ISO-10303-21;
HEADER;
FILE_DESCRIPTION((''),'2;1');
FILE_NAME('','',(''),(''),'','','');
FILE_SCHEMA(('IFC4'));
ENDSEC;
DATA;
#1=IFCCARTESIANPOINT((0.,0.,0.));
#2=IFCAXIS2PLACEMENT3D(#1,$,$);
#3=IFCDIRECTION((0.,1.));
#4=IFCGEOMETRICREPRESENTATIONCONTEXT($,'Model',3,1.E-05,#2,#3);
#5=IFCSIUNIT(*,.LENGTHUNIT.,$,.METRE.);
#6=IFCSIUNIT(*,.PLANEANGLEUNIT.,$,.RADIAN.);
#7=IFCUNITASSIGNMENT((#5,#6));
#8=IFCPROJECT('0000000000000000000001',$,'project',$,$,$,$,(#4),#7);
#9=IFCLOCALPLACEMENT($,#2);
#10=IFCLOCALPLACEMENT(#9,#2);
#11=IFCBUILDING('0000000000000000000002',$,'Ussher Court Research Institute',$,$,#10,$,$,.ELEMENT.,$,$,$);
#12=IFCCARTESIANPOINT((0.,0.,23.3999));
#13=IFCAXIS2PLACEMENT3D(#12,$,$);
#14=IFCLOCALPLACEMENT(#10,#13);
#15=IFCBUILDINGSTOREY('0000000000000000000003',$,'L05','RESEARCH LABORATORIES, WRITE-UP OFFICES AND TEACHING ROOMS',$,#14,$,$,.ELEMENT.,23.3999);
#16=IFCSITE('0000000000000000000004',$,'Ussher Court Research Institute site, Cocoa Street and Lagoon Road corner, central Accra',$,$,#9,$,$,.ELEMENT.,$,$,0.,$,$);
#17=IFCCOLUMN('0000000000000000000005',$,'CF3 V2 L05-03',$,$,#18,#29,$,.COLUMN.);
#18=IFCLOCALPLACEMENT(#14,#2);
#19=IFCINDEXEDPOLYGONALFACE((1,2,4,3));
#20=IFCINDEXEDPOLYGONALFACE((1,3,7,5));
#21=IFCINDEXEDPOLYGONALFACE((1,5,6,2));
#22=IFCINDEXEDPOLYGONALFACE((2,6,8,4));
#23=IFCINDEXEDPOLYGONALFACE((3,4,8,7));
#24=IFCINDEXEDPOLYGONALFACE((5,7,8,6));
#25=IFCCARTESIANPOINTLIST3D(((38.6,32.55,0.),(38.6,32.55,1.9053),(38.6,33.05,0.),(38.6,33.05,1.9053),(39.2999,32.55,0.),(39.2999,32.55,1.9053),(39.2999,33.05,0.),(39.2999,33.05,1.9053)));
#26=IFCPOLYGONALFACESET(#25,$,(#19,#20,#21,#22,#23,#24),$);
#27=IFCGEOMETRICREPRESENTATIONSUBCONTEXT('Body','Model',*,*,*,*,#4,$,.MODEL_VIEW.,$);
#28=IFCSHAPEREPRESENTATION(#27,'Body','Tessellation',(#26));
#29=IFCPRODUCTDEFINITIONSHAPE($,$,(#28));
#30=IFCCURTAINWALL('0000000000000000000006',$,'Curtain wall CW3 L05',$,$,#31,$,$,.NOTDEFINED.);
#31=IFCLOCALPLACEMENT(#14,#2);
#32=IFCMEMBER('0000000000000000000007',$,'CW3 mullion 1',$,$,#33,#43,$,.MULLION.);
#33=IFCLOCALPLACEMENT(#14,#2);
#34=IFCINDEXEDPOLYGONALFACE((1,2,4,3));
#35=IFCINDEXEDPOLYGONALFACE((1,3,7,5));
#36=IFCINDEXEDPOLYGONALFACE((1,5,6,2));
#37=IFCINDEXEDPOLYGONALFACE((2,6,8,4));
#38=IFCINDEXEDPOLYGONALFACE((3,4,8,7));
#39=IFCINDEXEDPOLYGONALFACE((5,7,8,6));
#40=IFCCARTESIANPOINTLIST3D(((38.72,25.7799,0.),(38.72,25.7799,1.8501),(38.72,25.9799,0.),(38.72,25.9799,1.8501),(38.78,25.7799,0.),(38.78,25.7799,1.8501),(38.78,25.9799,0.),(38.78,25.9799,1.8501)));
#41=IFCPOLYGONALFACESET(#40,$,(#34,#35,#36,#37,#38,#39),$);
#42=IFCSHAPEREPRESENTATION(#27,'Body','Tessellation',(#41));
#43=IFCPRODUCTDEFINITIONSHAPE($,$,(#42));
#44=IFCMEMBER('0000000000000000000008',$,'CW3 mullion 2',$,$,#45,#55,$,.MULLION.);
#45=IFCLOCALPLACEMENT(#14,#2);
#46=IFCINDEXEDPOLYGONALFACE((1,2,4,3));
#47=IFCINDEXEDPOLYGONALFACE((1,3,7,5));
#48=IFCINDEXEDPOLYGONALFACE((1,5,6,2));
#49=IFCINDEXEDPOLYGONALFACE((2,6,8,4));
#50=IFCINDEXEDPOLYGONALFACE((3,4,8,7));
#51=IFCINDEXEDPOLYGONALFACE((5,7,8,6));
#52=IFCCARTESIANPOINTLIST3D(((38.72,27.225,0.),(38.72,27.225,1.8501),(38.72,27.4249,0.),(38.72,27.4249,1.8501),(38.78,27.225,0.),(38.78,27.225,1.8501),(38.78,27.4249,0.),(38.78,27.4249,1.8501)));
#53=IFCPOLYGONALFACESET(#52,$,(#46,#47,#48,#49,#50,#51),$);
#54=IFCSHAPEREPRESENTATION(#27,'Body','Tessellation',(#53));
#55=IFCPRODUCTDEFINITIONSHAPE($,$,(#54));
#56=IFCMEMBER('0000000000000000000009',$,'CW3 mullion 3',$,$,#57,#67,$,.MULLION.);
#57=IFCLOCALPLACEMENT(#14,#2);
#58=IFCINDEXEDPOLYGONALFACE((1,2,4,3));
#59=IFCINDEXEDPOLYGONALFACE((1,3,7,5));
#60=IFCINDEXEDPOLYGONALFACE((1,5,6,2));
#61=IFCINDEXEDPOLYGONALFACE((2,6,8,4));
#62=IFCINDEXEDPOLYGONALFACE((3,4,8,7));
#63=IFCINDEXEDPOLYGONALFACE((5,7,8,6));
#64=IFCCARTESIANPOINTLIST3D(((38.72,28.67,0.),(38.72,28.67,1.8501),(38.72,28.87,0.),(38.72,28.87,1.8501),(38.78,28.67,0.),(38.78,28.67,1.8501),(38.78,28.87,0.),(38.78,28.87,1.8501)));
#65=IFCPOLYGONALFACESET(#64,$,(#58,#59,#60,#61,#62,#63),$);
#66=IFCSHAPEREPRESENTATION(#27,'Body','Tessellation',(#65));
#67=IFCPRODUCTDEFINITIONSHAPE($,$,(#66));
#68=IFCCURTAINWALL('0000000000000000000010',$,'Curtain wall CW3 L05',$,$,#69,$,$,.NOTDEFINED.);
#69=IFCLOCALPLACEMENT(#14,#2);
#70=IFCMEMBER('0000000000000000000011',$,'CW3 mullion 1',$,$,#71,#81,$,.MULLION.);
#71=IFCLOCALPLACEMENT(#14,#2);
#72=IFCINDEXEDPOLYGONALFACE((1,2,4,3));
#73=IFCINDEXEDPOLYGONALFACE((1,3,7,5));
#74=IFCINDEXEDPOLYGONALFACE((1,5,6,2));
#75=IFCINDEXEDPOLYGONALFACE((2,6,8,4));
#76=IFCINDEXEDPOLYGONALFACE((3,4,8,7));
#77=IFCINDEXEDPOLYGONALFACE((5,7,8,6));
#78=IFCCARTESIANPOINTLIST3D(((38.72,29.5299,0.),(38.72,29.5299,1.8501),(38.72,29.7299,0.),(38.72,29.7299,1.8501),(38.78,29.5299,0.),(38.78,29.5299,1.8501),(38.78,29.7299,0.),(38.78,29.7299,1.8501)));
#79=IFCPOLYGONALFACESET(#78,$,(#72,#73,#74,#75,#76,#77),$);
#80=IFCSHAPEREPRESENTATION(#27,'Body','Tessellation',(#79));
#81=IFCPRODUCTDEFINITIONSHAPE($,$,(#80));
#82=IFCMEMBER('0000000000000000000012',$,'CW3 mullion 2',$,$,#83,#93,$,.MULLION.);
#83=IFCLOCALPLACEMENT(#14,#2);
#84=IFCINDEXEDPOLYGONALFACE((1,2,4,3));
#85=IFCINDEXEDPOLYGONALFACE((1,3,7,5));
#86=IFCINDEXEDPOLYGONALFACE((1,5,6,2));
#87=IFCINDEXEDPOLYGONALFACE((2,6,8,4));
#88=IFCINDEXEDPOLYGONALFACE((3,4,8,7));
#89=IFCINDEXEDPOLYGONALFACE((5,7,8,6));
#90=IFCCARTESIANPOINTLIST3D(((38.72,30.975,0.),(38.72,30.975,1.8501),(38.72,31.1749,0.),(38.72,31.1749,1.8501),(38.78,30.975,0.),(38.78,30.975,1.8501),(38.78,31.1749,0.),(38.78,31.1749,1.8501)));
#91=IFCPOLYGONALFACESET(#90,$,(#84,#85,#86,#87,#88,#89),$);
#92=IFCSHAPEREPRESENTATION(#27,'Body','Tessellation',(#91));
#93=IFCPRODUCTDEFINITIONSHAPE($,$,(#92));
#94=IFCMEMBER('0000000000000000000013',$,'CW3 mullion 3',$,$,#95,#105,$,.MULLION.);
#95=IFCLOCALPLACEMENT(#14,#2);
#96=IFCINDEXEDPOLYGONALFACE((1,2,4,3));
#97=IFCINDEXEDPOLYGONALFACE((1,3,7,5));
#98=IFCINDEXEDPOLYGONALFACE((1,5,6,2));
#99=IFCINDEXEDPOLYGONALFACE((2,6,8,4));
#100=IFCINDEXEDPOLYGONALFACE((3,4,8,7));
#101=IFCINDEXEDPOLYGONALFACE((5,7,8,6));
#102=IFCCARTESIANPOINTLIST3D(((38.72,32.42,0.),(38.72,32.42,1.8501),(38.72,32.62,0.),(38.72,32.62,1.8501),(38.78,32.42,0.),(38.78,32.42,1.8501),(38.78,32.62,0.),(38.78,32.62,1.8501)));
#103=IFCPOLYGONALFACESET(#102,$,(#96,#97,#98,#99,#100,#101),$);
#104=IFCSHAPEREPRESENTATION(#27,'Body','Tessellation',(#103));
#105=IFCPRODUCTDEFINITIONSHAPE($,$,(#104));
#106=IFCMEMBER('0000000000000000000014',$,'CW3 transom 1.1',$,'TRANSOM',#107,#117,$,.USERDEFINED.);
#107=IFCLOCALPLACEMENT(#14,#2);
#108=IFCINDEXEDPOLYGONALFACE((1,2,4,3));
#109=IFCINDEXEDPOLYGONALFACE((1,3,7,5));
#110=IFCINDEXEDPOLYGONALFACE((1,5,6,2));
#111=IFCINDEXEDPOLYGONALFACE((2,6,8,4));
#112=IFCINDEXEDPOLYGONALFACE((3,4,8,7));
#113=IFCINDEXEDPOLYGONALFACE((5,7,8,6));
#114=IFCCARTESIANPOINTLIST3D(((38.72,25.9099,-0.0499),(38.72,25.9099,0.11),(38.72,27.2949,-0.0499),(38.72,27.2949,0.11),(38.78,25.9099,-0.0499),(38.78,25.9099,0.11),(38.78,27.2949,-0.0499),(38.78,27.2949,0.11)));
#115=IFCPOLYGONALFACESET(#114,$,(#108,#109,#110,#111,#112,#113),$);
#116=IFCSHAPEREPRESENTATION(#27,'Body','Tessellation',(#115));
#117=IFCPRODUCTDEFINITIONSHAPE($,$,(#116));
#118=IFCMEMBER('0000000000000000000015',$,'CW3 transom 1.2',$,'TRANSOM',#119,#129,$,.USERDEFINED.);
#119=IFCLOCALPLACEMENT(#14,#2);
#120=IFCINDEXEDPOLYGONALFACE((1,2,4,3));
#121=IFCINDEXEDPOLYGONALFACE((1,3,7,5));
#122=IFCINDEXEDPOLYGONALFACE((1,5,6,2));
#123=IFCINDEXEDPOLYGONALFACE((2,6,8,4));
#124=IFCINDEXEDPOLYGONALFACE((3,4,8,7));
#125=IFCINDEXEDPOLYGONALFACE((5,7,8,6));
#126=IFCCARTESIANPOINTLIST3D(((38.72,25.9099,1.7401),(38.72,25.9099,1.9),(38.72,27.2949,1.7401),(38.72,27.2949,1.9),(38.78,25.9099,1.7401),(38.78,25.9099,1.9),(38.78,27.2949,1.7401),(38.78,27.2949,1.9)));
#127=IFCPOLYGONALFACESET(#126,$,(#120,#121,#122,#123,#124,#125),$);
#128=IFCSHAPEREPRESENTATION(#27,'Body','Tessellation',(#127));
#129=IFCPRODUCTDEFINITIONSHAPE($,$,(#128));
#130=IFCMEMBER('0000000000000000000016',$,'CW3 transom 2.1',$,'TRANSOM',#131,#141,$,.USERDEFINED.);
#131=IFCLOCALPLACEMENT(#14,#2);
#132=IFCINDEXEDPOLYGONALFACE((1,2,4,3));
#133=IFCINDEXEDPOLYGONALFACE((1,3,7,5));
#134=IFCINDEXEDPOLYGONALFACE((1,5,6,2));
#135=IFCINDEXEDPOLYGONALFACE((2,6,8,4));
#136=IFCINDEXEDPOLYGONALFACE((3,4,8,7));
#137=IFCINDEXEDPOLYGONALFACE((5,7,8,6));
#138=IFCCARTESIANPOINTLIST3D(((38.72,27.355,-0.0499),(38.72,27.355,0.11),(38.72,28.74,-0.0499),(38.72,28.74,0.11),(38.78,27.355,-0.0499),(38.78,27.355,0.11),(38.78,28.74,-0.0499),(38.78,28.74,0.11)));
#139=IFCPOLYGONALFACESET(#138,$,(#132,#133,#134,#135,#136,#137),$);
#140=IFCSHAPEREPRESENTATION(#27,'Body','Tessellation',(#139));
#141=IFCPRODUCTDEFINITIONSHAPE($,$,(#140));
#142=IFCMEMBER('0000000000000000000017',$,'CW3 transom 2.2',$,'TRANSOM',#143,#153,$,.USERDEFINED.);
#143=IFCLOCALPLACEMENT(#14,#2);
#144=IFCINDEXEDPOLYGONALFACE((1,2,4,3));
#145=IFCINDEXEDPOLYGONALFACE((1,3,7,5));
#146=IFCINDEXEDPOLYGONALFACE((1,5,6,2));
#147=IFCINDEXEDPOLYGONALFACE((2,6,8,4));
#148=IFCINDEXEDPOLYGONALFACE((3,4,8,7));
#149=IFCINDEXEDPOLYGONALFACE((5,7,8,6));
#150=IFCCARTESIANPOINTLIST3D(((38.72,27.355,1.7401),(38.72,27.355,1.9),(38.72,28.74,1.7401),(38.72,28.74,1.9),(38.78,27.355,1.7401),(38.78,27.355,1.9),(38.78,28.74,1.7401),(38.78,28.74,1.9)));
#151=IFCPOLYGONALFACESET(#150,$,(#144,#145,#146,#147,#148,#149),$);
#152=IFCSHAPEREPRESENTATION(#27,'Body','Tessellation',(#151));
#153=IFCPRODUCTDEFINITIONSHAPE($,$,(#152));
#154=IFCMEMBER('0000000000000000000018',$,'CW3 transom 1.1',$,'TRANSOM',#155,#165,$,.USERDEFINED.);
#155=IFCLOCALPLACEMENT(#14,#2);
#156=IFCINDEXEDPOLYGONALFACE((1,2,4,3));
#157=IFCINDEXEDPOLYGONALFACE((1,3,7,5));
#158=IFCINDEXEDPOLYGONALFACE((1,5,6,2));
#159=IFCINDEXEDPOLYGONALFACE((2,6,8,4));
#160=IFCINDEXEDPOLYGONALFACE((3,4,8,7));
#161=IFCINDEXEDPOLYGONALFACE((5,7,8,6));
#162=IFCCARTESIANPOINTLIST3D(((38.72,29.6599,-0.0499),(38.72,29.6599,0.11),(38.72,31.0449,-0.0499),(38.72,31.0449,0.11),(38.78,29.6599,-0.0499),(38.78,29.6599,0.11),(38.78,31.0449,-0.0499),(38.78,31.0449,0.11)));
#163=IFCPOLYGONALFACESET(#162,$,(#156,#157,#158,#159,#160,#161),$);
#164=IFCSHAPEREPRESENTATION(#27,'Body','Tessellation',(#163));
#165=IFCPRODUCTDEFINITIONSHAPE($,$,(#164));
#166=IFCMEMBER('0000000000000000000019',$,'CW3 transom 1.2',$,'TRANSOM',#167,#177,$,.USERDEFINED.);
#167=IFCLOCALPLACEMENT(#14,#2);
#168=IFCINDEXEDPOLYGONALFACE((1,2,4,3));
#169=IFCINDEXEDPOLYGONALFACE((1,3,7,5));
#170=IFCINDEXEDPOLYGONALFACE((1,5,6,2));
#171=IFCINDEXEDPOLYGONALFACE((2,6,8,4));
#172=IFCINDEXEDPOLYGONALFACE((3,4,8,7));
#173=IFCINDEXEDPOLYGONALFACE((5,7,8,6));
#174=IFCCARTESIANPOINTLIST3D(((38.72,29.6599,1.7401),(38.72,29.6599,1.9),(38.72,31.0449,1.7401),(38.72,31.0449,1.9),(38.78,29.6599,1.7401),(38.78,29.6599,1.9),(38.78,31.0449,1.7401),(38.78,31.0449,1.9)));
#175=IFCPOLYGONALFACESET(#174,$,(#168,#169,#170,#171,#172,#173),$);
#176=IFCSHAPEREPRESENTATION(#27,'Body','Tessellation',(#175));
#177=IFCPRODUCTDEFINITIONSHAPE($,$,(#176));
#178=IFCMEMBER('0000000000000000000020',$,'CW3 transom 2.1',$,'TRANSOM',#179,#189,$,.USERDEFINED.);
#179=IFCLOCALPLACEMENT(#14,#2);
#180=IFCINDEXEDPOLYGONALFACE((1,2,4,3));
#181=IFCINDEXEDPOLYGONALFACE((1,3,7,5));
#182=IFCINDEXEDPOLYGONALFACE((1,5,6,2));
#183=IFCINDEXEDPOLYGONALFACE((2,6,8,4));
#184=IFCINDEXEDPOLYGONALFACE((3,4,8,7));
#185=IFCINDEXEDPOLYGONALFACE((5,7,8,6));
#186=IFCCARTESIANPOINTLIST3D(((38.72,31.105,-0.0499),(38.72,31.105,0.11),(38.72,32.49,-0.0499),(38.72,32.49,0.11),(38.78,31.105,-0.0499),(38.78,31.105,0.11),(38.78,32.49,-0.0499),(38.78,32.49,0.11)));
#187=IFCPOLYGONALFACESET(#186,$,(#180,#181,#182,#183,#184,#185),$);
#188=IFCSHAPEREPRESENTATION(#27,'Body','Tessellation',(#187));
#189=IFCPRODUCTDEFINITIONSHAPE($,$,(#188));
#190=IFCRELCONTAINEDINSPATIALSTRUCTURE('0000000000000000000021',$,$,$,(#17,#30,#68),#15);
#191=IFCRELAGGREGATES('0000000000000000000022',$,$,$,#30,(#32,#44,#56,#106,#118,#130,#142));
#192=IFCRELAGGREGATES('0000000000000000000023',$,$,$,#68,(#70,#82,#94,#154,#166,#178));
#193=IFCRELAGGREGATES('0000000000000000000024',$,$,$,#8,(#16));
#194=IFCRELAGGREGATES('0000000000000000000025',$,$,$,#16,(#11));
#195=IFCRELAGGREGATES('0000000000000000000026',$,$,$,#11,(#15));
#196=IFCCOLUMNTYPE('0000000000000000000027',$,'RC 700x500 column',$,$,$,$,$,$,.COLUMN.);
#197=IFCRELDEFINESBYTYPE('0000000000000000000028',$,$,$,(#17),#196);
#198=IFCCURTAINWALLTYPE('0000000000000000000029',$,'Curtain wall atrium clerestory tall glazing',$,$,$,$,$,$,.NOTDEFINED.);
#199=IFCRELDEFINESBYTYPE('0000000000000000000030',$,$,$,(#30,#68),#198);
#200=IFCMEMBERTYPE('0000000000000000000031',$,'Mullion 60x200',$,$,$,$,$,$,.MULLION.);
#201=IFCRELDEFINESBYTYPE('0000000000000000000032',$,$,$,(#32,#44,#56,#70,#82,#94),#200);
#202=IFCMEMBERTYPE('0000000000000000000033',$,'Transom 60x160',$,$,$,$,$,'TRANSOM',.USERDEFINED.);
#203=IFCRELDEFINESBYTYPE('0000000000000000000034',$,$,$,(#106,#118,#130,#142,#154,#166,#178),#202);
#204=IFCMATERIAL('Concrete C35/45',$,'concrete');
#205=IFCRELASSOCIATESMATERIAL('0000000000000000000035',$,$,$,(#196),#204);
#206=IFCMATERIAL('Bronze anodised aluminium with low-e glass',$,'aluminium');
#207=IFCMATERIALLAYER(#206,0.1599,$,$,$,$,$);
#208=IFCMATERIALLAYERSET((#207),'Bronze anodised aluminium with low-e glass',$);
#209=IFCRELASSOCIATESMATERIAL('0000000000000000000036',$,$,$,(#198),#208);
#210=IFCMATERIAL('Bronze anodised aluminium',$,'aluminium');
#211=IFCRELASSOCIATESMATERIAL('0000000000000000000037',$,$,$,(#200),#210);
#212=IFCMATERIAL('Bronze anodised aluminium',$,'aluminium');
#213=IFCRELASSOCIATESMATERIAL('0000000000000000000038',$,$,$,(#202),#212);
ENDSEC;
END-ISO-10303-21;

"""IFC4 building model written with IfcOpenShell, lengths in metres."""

from ifc_helpers import new_model, si_unit, direction, frame, origin, origin_2d, place, context, subcontext, project, spatial, rectangle, extrude, material, layer, layer_set, material_profile, profile_set, type_object, element, aggregate, save


model = new_model("IFC4")

# Units and contexts
model_context = context("Model", 3, precision=1e-05, world=origin(), true_north=direction((0.0, 1.0)))
body_context = subcontext(model_context, "Body", "Model", "MODEL_VIEW")
ifc_project = project(units=[si_unit("LENGTHUNIT", "METRE"), si_unit("PLANEANGLEUNIT", "RADIAN")], contexts=[model_context])

# Site, building, storey
site_placement = place(None, origin())
site = spatial("IfcSite", under=ifc_project, at=site_placement, Name="Ussher Court Research Institute site, Cocoa Street and Lagoon Road corner, central Accra", CompositionType="ELEMENT", RefElevation=0.0)
building_placement = place(site_placement, origin())
building = spatial("IfcBuilding", under=site, at=building_placement, Name="Ussher Court Research Institute", CompositionType="ELEMENT")
storey_placement = place(building_placement, frame((0.0, 0.0, 23.3999)))
storey = spatial("IfcBuildingStorey", under=building, at=storey_placement, Name="L05", Description="RESEARCH LABORATORIES, WRITE-UP OFFICES AND TEACHING ROOMS", CompositionType="ELEMENT", Elevation=23.3999)

# Column
ifc_material_1 = material(Name="Concrete C35/45", Category="concrete")
ifc_material_profile_1 = material_profile(ifc_material_1, rectangle(XDim=0.7, YDim=0.5, at=origin_2d()), Name="RC 700x500")
ifc_profile_set_1 = profile_set([ifc_material_profile_1], Name="Concrete C35/45")
column_type = type_object("IfcColumnType", Name="RC 700x500 column", PredefinedType="COLUMN", material=ifc_profile_set_1)
column_placement = place(storey_placement, frame((38.95, 32.8, 0.0), z_axis=(0.0, 0.0, 1.0), x_axis=(1.0, 0.0, 0.0)))
element("IfcColumn", 1, at=column_placement, inside=storey, type_object=column_type, Name="CF3 V2 L05-03", PredefinedType="COLUMN", context=body_context, shape_type="SweptSolid", body=[
    extrude(rectangle(XDim=0.7, YDim=0.5, at=origin_2d()), origin(), (0.0, 0.0, 1.0), 1.9053),
])

# Curtain walls, members
ifc_material_2 = material(Name="Bronze anodised aluminium with low-e glass", Category="aluminium")
ifc_layer_1 = layer(ifc_material_2, 0.1599)
ifc_layer_set_1 = layer_set([ifc_layer_1], Name="Bronze anodised aluminium with low-e glass")
curtain_wall_type = type_object("IfcCurtainWallType", Name="Curtain wall atrium clerestory tall glazing", PredefinedType="NOTDEFINED", material=ifc_layer_set_1)
curtain_wall_1_placement = place(storey_placement, origin())
curtain_wall_1 = element("IfcCurtainWall", 2, at=curtain_wall_1_placement, inside=storey, type_object=curtain_wall_type, Name="Curtain wall CW3 L05", PredefinedType="NOTDEFINED")
ifc_material_3 = material(Name="Bronze anodised aluminium", Category="aluminium")
ifc_material_profile_2 = material_profile(ifc_material_3, rectangle(XDim=0.0601, YDim=0.2, at=origin_2d()), Name="Mullion 60x200")
ifc_profile_set_2 = profile_set([ifc_material_profile_2], Name="Bronze anodised aluminium")
member_type_1 = type_object("IfcMemberType", Name="Mullion 60x200", PredefinedType="MULLION", material=ifc_profile_set_2)
member_1_placement = place(storey_placement, frame((38.75, 25.8799, 0.0), z_axis=(0.0, 0.0, 1.0), x_axis=(-1.0, 0.0, 0.0)))
member_1 = element("IfcMember", 3, at=member_1_placement, type_object=member_type_1, Name="CW3 mullion 1", PredefinedType="MULLION", context=body_context, shape_type="SweptSolid", body=[
    extrude(rectangle(XDim=0.0601, YDim=0.2, at=origin_2d()), origin(), (0.0, 0.0, 1.0), 1.8501),
])
member_2_placement = place(storey_placement, frame((38.75, 27.325, 0.0), z_axis=(0.0, 0.0, 1.0), x_axis=(-1.0, 0.0, 0.0)))
member_2 = element("IfcMember", 4, at=member_2_placement, type_object=member_type_1, Name="CW3 mullion 2", PredefinedType="MULLION", context=body_context, shape_type="SweptSolid", body=[
    extrude(rectangle(XDim=0.0601, YDim=0.2, at=origin_2d()), origin(), (0.0, 0.0, 1.0), 1.8501),
])
member_3_placement = place(storey_placement, frame((38.75, 28.77, 0.0), z_axis=(0.0, 0.0, 1.0), x_axis=(-1.0, 0.0, 0.0)))
member_3 = element("IfcMember", 5, at=member_3_placement, type_object=member_type_1, Name="CW3 mullion 3", PredefinedType="MULLION", context=body_context, shape_type="SweptSolid", body=[
    extrude(rectangle(XDim=0.0601, YDim=0.2, at=origin_2d()), origin(), (0.0, 0.0, 1.0), 1.8501),
])
curtain_wall_2_placement = place(storey_placement, origin())
curtain_wall_2 = element("IfcCurtainWall", 6, at=curtain_wall_2_placement, inside=storey, type_object=curtain_wall_type, Name="Curtain wall CW3 L05", PredefinedType="NOTDEFINED")
member_4_placement = place(storey_placement, frame((38.75, 29.6299, 0.0), z_axis=(0.0, 0.0, 1.0), x_axis=(-1.0, 0.0, 0.0)))
member_4 = element("IfcMember", 7, at=member_4_placement, type_object=member_type_1, Name="CW3 mullion 1", PredefinedType="MULLION", context=body_context, shape_type="SweptSolid", body=[
    extrude(rectangle(XDim=0.0601, YDim=0.2, at=origin_2d()), origin(), (0.0, 0.0, 1.0), 1.8501),
])
member_5_placement = place(storey_placement, frame((38.75, 31.075, 0.0), z_axis=(0.0, 0.0, 1.0), x_axis=(-1.0, 0.0, 0.0)))
member_5 = element("IfcMember", 8, at=member_5_placement, type_object=member_type_1, Name="CW3 mullion 2", PredefinedType="MULLION", context=body_context, shape_type="SweptSolid", body=[
    extrude(rectangle(XDim=0.0601, YDim=0.2, at=origin_2d()), origin(), (0.0, 0.0, 1.0), 1.8501),
])
member_6_placement = place(storey_placement, frame((38.75, 32.52, 0.0), z_axis=(0.0, 0.0, 1.0), x_axis=(-1.0, 0.0, 0.0)))
member_6 = element("IfcMember", 9, at=member_6_placement, type_object=member_type_1, Name="CW3 mullion 3", PredefinedType="MULLION", context=body_context, shape_type="SweptSolid", body=[
    extrude(rectangle(XDim=0.0601, YDim=0.2, at=origin_2d()), origin(), (0.0, 0.0, 1.0), 1.8501),
])

# Members
ifc_material_4 = material(Name="Bronze anodised aluminium", Category="aluminium")
ifc_material_profile_3 = material_profile(ifc_material_4, rectangle(XDim=0.0601, YDim=0.1599, at=origin_2d()), Name="Transom 60x160")
ifc_profile_set_3 = profile_set([ifc_material_profile_3], Name="Bronze anodised aluminium")
member_type_2 = type_object("IfcMemberType", Name="Transom 60x160", ElementType="TRANSOM", PredefinedType="USERDEFINED", material=ifc_profile_set_3)
member_7_placement = place(storey_placement, frame((38.75, 25.9099, 0.03), z_axis=(0.0, 1.0, 0.0), x_axis=(-1.0, 0.0, 0.0)))
member_7 = element("IfcMember", 10, at=member_7_placement, type_object=member_type_2, Name="CW3 transom 1.1", ObjectType="TRANSOM", PredefinedType="USERDEFINED", context=body_context, shape_type="SweptSolid", body=[
    extrude(rectangle(XDim=0.0601, YDim=0.1599, at=origin_2d()), origin(), (0.0, 0.0, 1.0), 1.385),
])
member_8_placement = place(storey_placement, frame((38.75, 25.9099, 1.8201), z_axis=(0.0, 1.0, 0.0), x_axis=(-1.0, 0.0, 0.0)))
member_8 = element("IfcMember", 11, at=member_8_placement, type_object=member_type_2, Name="CW3 transom 1.2", ObjectType="TRANSOM", PredefinedType="USERDEFINED", context=body_context, shape_type="SweptSolid", body=[
    extrude(rectangle(XDim=0.0601, YDim=0.1599, at=origin_2d()), origin(), (0.0, 0.0, 1.0), 1.385),
])
member_9_placement = place(storey_placement, frame((38.75, 27.355, 0.03), z_axis=(0.0, 1.0, 0.0), x_axis=(-1.0, 0.0, 0.0)))
member_9 = element("IfcMember", 12, at=member_9_placement, type_object=member_type_2, Name="CW3 transom 2.1", ObjectType="TRANSOM", PredefinedType="USERDEFINED", context=body_context, shape_type="SweptSolid", body=[
    extrude(rectangle(XDim=0.0601, YDim=0.1599, at=origin_2d()), origin(), (0.0, 0.0, 1.0), 1.385),
])
member_10_placement = place(storey_placement, frame((38.75, 27.355, 1.8201), z_axis=(0.0, 1.0, 0.0), x_axis=(-1.0, 0.0, 0.0)))
member_10 = element("IfcMember", 13, at=member_10_placement, type_object=member_type_2, Name="CW3 transom 2.2", ObjectType="TRANSOM", PredefinedType="USERDEFINED", context=body_context, shape_type="SweptSolid", body=[
    extrude(rectangle(XDim=0.0601, YDim=0.1599, at=origin_2d()), origin(), (0.0, 0.0, 1.0), 1.385),
])
member_11_placement = place(storey_placement, frame((38.75, 29.6599, 0.03), z_axis=(0.0, 1.0, 0.0), x_axis=(-1.0, 0.0, 0.0)))
member_11 = element("IfcMember", 14, at=member_11_placement, type_object=member_type_2, Name="CW3 transom 1.1", ObjectType="TRANSOM", PredefinedType="USERDEFINED", context=body_context, shape_type="SweptSolid", body=[
    extrude(rectangle(XDim=0.0601, YDim=0.1599, at=origin_2d()), origin(), (0.0, 0.0, 1.0), 1.385),
])
member_12_placement = place(storey_placement, frame((38.75, 29.6599, 1.8201), z_axis=(0.0, 1.0, 0.0), x_axis=(-1.0, 0.0, 0.0)))
member_12 = element("IfcMember", 15, at=member_12_placement, type_object=member_type_2, Name="CW3 transom 1.2", ObjectType="TRANSOM", PredefinedType="USERDEFINED", context=body_context, shape_type="SweptSolid", body=[
    extrude(rectangle(XDim=0.0601, YDim=0.1599, at=origin_2d()), origin(), (0.0, 0.0, 1.0), 1.385),
])
member_13_placement = place(storey_placement, frame((38.75, 31.105, 0.03), z_axis=(0.0, 1.0, 0.0), x_axis=(-1.0, 0.0, 0.0)))
member_13 = element("IfcMember", 16, at=member_13_placement, type_object=member_type_2, Name="CW3 transom 2.1", ObjectType="TRANSOM", PredefinedType="USERDEFINED", context=body_context, shape_type="SweptSolid", body=[
    extrude(rectangle(XDim=0.0601, YDim=0.1599, at=origin_2d()), origin(), (0.0, 0.0, 1.0), 1.385),
])

aggregate(curtain_wall_1, [member_1, member_2, member_3, member_7, member_8, member_9, member_10])
aggregate(curtain_wall_2, [member_4, member_5, member_6, member_11, member_12, member_13])

save(model, "model.ifc")
